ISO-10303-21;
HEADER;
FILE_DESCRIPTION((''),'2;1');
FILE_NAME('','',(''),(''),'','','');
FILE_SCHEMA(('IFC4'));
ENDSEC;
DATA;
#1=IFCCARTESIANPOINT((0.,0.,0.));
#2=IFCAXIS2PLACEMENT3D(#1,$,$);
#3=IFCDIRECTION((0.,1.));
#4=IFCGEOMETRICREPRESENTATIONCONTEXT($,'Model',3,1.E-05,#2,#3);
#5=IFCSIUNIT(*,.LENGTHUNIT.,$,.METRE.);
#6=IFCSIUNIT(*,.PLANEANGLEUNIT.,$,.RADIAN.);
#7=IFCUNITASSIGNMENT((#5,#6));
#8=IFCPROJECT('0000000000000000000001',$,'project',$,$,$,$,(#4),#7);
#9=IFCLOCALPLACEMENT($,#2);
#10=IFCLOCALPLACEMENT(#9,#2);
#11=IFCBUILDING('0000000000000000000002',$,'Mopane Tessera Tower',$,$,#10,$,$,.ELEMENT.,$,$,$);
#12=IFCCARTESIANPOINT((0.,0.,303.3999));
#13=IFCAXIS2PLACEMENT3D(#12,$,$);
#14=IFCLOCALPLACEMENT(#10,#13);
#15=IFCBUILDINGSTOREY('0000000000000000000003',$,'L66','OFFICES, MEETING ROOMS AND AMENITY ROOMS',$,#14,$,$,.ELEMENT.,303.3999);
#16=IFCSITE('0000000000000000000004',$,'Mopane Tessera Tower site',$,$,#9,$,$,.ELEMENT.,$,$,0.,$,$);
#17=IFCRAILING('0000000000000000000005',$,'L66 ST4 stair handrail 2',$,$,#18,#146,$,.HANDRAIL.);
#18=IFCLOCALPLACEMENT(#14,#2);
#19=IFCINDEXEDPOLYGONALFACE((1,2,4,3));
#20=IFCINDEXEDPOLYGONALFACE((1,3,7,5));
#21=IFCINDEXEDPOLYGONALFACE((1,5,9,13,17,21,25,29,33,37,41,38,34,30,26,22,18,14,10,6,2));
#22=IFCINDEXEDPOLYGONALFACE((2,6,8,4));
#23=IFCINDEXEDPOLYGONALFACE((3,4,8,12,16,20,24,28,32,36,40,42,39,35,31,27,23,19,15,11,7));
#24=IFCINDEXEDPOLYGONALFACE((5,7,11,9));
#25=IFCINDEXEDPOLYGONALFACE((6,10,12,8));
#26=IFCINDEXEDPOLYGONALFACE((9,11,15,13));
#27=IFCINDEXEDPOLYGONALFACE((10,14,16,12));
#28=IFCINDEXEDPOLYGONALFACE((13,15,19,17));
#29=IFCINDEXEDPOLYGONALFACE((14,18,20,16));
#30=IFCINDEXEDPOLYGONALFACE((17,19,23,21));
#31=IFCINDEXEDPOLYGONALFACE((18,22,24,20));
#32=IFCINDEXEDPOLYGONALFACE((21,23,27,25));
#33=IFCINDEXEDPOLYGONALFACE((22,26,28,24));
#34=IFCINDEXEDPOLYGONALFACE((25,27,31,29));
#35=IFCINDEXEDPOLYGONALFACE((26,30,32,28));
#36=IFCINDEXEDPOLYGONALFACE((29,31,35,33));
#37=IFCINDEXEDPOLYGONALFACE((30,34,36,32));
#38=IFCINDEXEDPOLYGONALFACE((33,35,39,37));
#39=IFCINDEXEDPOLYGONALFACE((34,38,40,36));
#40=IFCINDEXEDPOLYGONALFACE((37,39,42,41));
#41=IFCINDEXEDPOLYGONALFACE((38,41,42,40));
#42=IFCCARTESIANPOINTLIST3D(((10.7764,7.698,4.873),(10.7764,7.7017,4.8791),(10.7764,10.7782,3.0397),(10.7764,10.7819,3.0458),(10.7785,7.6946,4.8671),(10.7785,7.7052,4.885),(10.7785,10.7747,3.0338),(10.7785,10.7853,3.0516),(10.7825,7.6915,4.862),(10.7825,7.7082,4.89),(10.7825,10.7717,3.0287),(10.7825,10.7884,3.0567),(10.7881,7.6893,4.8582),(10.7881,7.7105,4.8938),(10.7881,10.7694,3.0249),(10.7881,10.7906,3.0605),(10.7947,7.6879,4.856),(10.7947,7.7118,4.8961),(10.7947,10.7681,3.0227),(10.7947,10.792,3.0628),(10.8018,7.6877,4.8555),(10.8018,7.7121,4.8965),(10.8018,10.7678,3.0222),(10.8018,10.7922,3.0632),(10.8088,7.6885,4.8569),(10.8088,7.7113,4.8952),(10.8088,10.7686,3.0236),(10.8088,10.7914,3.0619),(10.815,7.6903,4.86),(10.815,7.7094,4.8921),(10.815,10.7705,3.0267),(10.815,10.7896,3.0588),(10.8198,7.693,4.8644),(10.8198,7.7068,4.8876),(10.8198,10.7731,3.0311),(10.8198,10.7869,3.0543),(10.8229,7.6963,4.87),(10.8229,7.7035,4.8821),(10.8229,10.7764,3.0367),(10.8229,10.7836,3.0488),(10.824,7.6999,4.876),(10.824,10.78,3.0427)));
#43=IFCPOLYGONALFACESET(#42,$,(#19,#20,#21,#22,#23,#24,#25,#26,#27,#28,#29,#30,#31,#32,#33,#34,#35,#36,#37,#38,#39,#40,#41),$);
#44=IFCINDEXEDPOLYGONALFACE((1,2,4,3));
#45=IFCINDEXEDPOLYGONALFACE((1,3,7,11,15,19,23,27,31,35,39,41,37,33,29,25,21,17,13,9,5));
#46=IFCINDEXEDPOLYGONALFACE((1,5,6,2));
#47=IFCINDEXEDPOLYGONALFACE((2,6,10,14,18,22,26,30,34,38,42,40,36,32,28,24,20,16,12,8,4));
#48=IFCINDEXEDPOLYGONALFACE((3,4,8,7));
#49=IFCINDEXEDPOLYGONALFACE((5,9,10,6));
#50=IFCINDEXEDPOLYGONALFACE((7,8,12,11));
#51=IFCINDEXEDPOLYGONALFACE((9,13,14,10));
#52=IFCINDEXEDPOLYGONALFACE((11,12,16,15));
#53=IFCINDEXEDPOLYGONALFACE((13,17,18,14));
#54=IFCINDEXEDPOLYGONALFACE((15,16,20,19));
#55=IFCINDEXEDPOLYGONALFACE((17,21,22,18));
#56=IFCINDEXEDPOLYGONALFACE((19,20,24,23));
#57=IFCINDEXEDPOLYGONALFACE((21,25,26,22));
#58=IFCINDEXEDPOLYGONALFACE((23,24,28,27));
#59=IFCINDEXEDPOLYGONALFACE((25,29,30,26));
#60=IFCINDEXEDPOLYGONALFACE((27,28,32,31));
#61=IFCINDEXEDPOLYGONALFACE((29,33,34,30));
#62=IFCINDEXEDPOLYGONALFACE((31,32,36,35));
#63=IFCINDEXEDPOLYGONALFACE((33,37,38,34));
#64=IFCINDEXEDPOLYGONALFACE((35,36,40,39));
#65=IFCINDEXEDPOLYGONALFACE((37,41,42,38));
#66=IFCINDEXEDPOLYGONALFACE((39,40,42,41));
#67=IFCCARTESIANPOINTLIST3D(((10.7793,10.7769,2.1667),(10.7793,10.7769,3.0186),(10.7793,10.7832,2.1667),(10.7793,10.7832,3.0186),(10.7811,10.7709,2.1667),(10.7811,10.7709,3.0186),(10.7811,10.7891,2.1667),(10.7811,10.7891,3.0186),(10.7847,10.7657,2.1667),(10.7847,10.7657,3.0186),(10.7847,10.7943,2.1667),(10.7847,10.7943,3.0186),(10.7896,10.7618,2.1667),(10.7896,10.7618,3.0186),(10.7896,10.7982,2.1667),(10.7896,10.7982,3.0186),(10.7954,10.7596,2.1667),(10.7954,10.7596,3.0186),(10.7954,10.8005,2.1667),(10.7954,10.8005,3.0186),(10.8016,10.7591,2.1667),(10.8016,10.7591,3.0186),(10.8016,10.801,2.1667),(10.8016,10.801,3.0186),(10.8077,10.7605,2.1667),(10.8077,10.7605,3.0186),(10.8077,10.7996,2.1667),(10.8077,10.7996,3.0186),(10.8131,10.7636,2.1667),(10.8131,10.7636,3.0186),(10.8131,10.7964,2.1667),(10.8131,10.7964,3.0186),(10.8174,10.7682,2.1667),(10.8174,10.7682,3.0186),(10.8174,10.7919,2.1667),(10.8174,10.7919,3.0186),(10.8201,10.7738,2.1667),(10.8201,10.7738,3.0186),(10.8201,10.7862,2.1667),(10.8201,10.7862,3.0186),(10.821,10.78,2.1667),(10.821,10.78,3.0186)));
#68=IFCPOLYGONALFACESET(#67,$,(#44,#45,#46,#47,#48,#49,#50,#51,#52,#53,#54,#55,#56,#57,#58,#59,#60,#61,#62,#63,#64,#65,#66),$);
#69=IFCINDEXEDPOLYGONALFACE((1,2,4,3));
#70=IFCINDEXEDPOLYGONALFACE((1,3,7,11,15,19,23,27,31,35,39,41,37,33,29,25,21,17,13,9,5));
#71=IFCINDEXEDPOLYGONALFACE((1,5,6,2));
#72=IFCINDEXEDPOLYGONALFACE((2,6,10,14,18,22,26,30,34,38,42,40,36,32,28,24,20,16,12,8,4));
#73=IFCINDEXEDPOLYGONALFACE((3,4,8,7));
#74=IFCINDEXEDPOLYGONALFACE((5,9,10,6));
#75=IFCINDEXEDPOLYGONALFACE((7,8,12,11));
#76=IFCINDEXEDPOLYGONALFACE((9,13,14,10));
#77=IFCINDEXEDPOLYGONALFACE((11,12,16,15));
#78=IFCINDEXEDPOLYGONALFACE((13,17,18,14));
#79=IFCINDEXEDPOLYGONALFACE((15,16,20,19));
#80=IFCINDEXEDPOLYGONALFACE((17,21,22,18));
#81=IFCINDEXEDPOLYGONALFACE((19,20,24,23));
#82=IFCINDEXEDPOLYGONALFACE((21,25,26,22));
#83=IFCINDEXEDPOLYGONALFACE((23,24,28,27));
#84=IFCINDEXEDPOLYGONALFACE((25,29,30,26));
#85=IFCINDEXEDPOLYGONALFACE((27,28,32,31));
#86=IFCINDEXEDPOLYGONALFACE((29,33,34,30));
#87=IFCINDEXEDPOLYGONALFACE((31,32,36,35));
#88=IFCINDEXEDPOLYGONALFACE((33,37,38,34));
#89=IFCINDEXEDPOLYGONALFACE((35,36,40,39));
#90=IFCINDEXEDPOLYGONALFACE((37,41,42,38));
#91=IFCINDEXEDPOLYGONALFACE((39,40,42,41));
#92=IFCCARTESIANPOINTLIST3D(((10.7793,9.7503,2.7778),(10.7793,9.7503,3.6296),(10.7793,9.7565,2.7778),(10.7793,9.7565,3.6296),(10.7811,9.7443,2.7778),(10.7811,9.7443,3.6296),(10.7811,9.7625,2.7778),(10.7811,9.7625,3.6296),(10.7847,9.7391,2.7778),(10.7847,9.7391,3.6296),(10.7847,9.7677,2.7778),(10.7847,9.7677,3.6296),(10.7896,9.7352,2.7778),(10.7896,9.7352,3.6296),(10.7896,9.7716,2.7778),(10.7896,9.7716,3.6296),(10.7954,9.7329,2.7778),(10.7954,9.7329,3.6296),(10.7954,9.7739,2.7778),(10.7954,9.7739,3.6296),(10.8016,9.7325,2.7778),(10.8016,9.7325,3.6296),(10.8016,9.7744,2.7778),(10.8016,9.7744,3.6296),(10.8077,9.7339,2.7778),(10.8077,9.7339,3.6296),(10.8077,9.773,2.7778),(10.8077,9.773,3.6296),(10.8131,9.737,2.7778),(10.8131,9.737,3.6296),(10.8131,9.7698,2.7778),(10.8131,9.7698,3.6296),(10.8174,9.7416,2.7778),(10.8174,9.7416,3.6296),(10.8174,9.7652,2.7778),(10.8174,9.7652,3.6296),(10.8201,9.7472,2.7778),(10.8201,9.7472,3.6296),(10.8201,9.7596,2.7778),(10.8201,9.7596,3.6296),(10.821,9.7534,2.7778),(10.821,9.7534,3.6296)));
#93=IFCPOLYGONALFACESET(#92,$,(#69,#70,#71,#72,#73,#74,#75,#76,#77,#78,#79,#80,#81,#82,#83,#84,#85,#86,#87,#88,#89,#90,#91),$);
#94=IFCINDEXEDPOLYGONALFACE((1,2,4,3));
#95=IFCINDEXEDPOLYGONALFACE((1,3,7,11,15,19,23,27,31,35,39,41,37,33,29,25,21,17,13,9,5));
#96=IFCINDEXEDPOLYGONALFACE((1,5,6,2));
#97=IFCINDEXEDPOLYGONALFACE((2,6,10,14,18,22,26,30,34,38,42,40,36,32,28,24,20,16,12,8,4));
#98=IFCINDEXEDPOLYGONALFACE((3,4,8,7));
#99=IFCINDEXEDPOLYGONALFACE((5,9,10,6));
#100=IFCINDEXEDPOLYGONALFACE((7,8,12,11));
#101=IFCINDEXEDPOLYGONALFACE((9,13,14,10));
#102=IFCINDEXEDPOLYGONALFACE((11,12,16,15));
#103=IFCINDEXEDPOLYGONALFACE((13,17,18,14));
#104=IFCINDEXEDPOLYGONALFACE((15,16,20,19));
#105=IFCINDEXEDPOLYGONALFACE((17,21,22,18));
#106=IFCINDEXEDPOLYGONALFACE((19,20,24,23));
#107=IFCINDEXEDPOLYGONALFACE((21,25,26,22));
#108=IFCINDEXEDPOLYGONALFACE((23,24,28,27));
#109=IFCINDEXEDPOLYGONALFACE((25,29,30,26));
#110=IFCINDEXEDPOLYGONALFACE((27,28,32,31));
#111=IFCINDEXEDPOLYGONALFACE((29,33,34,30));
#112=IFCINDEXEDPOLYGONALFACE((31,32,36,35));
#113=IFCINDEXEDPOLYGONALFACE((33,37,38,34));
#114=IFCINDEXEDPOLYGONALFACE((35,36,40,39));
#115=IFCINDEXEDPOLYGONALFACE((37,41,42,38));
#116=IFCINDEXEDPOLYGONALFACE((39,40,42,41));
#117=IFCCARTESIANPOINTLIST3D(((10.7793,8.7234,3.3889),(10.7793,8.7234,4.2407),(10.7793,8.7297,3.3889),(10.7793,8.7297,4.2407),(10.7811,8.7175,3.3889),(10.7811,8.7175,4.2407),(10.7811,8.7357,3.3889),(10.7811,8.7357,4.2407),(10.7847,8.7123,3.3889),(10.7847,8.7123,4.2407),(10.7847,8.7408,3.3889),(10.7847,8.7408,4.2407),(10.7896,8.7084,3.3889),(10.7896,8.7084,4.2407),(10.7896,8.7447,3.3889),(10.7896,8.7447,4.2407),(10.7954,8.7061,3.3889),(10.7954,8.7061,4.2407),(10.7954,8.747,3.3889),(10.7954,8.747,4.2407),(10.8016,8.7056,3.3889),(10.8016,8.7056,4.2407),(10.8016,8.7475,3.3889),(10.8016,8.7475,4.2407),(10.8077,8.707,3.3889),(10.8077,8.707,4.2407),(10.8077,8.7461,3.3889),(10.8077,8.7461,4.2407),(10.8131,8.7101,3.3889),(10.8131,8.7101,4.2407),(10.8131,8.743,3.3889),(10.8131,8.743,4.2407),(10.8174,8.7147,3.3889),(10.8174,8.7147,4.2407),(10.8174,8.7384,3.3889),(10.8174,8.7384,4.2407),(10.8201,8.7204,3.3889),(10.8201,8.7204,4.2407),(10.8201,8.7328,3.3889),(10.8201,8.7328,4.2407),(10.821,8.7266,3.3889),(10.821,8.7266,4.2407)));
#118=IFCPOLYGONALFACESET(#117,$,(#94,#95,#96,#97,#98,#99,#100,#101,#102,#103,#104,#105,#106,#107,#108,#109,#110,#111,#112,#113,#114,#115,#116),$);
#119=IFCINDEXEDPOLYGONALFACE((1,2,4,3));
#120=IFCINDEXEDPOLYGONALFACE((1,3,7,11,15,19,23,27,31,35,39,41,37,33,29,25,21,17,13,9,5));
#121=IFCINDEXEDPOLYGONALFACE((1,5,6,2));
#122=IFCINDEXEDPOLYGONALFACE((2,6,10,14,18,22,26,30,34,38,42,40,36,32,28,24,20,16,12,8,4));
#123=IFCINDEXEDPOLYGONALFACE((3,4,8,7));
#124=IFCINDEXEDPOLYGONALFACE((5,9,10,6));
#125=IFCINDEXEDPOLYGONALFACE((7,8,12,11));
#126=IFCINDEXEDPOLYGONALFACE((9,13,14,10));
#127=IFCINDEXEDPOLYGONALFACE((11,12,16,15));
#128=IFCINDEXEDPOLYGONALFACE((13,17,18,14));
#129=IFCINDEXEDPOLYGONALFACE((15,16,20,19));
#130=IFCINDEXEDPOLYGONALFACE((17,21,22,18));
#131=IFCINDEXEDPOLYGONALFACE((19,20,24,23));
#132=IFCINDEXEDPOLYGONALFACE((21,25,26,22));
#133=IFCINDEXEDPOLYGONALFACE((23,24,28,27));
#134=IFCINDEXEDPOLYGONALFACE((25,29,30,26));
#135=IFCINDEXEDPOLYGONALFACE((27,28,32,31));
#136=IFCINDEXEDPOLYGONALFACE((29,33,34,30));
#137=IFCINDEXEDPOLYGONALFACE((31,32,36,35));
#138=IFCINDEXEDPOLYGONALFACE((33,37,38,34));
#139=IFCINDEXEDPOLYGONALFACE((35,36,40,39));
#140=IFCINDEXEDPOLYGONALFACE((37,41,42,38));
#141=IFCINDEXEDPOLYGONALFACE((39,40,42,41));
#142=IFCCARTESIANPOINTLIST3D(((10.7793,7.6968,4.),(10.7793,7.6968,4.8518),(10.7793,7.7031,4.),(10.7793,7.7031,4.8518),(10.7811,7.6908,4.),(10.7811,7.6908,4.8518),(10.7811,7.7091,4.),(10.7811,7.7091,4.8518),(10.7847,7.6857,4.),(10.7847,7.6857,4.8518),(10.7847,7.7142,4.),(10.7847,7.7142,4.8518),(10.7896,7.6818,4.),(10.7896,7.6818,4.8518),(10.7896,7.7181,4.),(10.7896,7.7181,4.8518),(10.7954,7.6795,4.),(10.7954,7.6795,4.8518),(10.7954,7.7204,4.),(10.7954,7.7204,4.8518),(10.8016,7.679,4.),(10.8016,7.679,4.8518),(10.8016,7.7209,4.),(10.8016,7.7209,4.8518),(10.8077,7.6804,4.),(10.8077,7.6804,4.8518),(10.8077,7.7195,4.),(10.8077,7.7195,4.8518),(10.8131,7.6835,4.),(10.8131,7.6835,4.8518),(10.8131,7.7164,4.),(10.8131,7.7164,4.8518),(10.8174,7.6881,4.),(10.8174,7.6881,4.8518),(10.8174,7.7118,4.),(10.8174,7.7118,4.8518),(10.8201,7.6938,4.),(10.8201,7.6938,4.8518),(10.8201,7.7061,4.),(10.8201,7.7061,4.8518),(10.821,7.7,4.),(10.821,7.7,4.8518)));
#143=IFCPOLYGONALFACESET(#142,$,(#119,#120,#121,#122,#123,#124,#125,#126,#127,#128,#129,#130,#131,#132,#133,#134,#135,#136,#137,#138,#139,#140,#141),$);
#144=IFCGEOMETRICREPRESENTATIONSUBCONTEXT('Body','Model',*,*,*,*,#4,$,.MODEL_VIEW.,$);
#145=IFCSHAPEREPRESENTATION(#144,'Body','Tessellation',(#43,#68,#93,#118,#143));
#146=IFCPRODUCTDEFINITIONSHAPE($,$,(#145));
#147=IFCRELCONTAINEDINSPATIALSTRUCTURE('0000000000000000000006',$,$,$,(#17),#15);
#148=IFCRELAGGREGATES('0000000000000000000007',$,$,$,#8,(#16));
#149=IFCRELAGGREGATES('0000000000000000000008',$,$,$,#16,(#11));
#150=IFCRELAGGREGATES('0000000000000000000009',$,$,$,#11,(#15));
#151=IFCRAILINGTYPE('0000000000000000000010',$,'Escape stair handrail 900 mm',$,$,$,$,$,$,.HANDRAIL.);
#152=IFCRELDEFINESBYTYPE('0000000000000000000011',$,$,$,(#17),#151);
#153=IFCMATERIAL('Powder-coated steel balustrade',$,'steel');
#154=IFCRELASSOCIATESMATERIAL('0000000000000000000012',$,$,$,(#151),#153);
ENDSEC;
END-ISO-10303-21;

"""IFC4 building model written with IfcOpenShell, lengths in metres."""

from ifc_helpers import new_model, si_unit, direction, frame, origin, origin_2d, place, context, subcontext, project, spatial, circle, extrude, material, type_object, element, save


model = new_model("IFC4")

# Units and contexts
model_context = context("Model", 3, precision=1e-05, world=origin(), true_north=direction((0.0, 1.0)))
body_context = subcontext(model_context, "Body", "Model", "MODEL_VIEW")
ifc_project = project(units=[si_unit("LENGTHUNIT", "METRE"), si_unit("PLANEANGLEUNIT", "RADIAN")], contexts=[model_context])

# Site, building, storey
site_placement = place(None, origin())
site = spatial("IfcSite", under=ifc_project, at=site_placement, Name="Mopane Tessera Tower site", CompositionType="ELEMENT", RefElevation=0.0)
building_placement = place(site_placement, origin())
building = spatial("IfcBuilding", under=site, at=building_placement, Name="Mopane Tessera Tower", CompositionType="ELEMENT")
storey_placement = place(building_placement, frame((0.0, 0.0, 303.3999)))
storey = spatial("IfcBuildingStorey", under=building, at=storey_placement, Name="L66", Description="OFFICES, MEETING ROOMS AND AMENITY ROOMS", CompositionType="ELEMENT", Elevation=303.3999)

# Railing
ifc_material_1 = material(Name="Powder-coated steel balustrade", Category="steel")
railing_type_1 = type_object("IfcRailingType", Name="Escape stair handrail 900 mm", PredefinedType="HANDRAIL", material=ifc_material_1)
railing_1_placement = place(storey_placement, frame((10.8, 10.78, 2.1667)))
element("IfcRailing", 1, at=railing_1_placement, inside=storey, type_object=railing_type_1, Name="L66 ST4 stair handrail 2", PredefinedType="HANDRAIL", context=body_context, shape_type="SweptSolid", body=[
    extrude(circle(Radius=0.0239, at=origin_2d()), frame((0.0, 0.0, 0.876), z_axis=(0.0, -0.859309, 0.511458), x_axis=(1.0, 0.0, 0.0)), (0.0, 0.0, 1.0), 3.5845),
    extrude(circle(Radius=0.021, at=origin_2d()), origin(), (0.0, 0.0, 1.0), 0.8518),
    extrude(circle(Radius=0.021, at=origin_2d()), frame((0.0, -1.0266, 0.6111)), (0.0, 0.0, 1.0), 0.8518),
    extrude(circle(Radius=0.021, at=origin_2d()), frame((0.0, -2.0535, 1.2222)), (0.0, 0.0, 1.0), 0.8518),
    extrude(circle(Radius=0.021, at=origin_2d()), frame((0.0, -3.0801, 1.8333)), (0.0, 0.0, 1.0), 0.8518),
])

save(model, "model.ifc")
